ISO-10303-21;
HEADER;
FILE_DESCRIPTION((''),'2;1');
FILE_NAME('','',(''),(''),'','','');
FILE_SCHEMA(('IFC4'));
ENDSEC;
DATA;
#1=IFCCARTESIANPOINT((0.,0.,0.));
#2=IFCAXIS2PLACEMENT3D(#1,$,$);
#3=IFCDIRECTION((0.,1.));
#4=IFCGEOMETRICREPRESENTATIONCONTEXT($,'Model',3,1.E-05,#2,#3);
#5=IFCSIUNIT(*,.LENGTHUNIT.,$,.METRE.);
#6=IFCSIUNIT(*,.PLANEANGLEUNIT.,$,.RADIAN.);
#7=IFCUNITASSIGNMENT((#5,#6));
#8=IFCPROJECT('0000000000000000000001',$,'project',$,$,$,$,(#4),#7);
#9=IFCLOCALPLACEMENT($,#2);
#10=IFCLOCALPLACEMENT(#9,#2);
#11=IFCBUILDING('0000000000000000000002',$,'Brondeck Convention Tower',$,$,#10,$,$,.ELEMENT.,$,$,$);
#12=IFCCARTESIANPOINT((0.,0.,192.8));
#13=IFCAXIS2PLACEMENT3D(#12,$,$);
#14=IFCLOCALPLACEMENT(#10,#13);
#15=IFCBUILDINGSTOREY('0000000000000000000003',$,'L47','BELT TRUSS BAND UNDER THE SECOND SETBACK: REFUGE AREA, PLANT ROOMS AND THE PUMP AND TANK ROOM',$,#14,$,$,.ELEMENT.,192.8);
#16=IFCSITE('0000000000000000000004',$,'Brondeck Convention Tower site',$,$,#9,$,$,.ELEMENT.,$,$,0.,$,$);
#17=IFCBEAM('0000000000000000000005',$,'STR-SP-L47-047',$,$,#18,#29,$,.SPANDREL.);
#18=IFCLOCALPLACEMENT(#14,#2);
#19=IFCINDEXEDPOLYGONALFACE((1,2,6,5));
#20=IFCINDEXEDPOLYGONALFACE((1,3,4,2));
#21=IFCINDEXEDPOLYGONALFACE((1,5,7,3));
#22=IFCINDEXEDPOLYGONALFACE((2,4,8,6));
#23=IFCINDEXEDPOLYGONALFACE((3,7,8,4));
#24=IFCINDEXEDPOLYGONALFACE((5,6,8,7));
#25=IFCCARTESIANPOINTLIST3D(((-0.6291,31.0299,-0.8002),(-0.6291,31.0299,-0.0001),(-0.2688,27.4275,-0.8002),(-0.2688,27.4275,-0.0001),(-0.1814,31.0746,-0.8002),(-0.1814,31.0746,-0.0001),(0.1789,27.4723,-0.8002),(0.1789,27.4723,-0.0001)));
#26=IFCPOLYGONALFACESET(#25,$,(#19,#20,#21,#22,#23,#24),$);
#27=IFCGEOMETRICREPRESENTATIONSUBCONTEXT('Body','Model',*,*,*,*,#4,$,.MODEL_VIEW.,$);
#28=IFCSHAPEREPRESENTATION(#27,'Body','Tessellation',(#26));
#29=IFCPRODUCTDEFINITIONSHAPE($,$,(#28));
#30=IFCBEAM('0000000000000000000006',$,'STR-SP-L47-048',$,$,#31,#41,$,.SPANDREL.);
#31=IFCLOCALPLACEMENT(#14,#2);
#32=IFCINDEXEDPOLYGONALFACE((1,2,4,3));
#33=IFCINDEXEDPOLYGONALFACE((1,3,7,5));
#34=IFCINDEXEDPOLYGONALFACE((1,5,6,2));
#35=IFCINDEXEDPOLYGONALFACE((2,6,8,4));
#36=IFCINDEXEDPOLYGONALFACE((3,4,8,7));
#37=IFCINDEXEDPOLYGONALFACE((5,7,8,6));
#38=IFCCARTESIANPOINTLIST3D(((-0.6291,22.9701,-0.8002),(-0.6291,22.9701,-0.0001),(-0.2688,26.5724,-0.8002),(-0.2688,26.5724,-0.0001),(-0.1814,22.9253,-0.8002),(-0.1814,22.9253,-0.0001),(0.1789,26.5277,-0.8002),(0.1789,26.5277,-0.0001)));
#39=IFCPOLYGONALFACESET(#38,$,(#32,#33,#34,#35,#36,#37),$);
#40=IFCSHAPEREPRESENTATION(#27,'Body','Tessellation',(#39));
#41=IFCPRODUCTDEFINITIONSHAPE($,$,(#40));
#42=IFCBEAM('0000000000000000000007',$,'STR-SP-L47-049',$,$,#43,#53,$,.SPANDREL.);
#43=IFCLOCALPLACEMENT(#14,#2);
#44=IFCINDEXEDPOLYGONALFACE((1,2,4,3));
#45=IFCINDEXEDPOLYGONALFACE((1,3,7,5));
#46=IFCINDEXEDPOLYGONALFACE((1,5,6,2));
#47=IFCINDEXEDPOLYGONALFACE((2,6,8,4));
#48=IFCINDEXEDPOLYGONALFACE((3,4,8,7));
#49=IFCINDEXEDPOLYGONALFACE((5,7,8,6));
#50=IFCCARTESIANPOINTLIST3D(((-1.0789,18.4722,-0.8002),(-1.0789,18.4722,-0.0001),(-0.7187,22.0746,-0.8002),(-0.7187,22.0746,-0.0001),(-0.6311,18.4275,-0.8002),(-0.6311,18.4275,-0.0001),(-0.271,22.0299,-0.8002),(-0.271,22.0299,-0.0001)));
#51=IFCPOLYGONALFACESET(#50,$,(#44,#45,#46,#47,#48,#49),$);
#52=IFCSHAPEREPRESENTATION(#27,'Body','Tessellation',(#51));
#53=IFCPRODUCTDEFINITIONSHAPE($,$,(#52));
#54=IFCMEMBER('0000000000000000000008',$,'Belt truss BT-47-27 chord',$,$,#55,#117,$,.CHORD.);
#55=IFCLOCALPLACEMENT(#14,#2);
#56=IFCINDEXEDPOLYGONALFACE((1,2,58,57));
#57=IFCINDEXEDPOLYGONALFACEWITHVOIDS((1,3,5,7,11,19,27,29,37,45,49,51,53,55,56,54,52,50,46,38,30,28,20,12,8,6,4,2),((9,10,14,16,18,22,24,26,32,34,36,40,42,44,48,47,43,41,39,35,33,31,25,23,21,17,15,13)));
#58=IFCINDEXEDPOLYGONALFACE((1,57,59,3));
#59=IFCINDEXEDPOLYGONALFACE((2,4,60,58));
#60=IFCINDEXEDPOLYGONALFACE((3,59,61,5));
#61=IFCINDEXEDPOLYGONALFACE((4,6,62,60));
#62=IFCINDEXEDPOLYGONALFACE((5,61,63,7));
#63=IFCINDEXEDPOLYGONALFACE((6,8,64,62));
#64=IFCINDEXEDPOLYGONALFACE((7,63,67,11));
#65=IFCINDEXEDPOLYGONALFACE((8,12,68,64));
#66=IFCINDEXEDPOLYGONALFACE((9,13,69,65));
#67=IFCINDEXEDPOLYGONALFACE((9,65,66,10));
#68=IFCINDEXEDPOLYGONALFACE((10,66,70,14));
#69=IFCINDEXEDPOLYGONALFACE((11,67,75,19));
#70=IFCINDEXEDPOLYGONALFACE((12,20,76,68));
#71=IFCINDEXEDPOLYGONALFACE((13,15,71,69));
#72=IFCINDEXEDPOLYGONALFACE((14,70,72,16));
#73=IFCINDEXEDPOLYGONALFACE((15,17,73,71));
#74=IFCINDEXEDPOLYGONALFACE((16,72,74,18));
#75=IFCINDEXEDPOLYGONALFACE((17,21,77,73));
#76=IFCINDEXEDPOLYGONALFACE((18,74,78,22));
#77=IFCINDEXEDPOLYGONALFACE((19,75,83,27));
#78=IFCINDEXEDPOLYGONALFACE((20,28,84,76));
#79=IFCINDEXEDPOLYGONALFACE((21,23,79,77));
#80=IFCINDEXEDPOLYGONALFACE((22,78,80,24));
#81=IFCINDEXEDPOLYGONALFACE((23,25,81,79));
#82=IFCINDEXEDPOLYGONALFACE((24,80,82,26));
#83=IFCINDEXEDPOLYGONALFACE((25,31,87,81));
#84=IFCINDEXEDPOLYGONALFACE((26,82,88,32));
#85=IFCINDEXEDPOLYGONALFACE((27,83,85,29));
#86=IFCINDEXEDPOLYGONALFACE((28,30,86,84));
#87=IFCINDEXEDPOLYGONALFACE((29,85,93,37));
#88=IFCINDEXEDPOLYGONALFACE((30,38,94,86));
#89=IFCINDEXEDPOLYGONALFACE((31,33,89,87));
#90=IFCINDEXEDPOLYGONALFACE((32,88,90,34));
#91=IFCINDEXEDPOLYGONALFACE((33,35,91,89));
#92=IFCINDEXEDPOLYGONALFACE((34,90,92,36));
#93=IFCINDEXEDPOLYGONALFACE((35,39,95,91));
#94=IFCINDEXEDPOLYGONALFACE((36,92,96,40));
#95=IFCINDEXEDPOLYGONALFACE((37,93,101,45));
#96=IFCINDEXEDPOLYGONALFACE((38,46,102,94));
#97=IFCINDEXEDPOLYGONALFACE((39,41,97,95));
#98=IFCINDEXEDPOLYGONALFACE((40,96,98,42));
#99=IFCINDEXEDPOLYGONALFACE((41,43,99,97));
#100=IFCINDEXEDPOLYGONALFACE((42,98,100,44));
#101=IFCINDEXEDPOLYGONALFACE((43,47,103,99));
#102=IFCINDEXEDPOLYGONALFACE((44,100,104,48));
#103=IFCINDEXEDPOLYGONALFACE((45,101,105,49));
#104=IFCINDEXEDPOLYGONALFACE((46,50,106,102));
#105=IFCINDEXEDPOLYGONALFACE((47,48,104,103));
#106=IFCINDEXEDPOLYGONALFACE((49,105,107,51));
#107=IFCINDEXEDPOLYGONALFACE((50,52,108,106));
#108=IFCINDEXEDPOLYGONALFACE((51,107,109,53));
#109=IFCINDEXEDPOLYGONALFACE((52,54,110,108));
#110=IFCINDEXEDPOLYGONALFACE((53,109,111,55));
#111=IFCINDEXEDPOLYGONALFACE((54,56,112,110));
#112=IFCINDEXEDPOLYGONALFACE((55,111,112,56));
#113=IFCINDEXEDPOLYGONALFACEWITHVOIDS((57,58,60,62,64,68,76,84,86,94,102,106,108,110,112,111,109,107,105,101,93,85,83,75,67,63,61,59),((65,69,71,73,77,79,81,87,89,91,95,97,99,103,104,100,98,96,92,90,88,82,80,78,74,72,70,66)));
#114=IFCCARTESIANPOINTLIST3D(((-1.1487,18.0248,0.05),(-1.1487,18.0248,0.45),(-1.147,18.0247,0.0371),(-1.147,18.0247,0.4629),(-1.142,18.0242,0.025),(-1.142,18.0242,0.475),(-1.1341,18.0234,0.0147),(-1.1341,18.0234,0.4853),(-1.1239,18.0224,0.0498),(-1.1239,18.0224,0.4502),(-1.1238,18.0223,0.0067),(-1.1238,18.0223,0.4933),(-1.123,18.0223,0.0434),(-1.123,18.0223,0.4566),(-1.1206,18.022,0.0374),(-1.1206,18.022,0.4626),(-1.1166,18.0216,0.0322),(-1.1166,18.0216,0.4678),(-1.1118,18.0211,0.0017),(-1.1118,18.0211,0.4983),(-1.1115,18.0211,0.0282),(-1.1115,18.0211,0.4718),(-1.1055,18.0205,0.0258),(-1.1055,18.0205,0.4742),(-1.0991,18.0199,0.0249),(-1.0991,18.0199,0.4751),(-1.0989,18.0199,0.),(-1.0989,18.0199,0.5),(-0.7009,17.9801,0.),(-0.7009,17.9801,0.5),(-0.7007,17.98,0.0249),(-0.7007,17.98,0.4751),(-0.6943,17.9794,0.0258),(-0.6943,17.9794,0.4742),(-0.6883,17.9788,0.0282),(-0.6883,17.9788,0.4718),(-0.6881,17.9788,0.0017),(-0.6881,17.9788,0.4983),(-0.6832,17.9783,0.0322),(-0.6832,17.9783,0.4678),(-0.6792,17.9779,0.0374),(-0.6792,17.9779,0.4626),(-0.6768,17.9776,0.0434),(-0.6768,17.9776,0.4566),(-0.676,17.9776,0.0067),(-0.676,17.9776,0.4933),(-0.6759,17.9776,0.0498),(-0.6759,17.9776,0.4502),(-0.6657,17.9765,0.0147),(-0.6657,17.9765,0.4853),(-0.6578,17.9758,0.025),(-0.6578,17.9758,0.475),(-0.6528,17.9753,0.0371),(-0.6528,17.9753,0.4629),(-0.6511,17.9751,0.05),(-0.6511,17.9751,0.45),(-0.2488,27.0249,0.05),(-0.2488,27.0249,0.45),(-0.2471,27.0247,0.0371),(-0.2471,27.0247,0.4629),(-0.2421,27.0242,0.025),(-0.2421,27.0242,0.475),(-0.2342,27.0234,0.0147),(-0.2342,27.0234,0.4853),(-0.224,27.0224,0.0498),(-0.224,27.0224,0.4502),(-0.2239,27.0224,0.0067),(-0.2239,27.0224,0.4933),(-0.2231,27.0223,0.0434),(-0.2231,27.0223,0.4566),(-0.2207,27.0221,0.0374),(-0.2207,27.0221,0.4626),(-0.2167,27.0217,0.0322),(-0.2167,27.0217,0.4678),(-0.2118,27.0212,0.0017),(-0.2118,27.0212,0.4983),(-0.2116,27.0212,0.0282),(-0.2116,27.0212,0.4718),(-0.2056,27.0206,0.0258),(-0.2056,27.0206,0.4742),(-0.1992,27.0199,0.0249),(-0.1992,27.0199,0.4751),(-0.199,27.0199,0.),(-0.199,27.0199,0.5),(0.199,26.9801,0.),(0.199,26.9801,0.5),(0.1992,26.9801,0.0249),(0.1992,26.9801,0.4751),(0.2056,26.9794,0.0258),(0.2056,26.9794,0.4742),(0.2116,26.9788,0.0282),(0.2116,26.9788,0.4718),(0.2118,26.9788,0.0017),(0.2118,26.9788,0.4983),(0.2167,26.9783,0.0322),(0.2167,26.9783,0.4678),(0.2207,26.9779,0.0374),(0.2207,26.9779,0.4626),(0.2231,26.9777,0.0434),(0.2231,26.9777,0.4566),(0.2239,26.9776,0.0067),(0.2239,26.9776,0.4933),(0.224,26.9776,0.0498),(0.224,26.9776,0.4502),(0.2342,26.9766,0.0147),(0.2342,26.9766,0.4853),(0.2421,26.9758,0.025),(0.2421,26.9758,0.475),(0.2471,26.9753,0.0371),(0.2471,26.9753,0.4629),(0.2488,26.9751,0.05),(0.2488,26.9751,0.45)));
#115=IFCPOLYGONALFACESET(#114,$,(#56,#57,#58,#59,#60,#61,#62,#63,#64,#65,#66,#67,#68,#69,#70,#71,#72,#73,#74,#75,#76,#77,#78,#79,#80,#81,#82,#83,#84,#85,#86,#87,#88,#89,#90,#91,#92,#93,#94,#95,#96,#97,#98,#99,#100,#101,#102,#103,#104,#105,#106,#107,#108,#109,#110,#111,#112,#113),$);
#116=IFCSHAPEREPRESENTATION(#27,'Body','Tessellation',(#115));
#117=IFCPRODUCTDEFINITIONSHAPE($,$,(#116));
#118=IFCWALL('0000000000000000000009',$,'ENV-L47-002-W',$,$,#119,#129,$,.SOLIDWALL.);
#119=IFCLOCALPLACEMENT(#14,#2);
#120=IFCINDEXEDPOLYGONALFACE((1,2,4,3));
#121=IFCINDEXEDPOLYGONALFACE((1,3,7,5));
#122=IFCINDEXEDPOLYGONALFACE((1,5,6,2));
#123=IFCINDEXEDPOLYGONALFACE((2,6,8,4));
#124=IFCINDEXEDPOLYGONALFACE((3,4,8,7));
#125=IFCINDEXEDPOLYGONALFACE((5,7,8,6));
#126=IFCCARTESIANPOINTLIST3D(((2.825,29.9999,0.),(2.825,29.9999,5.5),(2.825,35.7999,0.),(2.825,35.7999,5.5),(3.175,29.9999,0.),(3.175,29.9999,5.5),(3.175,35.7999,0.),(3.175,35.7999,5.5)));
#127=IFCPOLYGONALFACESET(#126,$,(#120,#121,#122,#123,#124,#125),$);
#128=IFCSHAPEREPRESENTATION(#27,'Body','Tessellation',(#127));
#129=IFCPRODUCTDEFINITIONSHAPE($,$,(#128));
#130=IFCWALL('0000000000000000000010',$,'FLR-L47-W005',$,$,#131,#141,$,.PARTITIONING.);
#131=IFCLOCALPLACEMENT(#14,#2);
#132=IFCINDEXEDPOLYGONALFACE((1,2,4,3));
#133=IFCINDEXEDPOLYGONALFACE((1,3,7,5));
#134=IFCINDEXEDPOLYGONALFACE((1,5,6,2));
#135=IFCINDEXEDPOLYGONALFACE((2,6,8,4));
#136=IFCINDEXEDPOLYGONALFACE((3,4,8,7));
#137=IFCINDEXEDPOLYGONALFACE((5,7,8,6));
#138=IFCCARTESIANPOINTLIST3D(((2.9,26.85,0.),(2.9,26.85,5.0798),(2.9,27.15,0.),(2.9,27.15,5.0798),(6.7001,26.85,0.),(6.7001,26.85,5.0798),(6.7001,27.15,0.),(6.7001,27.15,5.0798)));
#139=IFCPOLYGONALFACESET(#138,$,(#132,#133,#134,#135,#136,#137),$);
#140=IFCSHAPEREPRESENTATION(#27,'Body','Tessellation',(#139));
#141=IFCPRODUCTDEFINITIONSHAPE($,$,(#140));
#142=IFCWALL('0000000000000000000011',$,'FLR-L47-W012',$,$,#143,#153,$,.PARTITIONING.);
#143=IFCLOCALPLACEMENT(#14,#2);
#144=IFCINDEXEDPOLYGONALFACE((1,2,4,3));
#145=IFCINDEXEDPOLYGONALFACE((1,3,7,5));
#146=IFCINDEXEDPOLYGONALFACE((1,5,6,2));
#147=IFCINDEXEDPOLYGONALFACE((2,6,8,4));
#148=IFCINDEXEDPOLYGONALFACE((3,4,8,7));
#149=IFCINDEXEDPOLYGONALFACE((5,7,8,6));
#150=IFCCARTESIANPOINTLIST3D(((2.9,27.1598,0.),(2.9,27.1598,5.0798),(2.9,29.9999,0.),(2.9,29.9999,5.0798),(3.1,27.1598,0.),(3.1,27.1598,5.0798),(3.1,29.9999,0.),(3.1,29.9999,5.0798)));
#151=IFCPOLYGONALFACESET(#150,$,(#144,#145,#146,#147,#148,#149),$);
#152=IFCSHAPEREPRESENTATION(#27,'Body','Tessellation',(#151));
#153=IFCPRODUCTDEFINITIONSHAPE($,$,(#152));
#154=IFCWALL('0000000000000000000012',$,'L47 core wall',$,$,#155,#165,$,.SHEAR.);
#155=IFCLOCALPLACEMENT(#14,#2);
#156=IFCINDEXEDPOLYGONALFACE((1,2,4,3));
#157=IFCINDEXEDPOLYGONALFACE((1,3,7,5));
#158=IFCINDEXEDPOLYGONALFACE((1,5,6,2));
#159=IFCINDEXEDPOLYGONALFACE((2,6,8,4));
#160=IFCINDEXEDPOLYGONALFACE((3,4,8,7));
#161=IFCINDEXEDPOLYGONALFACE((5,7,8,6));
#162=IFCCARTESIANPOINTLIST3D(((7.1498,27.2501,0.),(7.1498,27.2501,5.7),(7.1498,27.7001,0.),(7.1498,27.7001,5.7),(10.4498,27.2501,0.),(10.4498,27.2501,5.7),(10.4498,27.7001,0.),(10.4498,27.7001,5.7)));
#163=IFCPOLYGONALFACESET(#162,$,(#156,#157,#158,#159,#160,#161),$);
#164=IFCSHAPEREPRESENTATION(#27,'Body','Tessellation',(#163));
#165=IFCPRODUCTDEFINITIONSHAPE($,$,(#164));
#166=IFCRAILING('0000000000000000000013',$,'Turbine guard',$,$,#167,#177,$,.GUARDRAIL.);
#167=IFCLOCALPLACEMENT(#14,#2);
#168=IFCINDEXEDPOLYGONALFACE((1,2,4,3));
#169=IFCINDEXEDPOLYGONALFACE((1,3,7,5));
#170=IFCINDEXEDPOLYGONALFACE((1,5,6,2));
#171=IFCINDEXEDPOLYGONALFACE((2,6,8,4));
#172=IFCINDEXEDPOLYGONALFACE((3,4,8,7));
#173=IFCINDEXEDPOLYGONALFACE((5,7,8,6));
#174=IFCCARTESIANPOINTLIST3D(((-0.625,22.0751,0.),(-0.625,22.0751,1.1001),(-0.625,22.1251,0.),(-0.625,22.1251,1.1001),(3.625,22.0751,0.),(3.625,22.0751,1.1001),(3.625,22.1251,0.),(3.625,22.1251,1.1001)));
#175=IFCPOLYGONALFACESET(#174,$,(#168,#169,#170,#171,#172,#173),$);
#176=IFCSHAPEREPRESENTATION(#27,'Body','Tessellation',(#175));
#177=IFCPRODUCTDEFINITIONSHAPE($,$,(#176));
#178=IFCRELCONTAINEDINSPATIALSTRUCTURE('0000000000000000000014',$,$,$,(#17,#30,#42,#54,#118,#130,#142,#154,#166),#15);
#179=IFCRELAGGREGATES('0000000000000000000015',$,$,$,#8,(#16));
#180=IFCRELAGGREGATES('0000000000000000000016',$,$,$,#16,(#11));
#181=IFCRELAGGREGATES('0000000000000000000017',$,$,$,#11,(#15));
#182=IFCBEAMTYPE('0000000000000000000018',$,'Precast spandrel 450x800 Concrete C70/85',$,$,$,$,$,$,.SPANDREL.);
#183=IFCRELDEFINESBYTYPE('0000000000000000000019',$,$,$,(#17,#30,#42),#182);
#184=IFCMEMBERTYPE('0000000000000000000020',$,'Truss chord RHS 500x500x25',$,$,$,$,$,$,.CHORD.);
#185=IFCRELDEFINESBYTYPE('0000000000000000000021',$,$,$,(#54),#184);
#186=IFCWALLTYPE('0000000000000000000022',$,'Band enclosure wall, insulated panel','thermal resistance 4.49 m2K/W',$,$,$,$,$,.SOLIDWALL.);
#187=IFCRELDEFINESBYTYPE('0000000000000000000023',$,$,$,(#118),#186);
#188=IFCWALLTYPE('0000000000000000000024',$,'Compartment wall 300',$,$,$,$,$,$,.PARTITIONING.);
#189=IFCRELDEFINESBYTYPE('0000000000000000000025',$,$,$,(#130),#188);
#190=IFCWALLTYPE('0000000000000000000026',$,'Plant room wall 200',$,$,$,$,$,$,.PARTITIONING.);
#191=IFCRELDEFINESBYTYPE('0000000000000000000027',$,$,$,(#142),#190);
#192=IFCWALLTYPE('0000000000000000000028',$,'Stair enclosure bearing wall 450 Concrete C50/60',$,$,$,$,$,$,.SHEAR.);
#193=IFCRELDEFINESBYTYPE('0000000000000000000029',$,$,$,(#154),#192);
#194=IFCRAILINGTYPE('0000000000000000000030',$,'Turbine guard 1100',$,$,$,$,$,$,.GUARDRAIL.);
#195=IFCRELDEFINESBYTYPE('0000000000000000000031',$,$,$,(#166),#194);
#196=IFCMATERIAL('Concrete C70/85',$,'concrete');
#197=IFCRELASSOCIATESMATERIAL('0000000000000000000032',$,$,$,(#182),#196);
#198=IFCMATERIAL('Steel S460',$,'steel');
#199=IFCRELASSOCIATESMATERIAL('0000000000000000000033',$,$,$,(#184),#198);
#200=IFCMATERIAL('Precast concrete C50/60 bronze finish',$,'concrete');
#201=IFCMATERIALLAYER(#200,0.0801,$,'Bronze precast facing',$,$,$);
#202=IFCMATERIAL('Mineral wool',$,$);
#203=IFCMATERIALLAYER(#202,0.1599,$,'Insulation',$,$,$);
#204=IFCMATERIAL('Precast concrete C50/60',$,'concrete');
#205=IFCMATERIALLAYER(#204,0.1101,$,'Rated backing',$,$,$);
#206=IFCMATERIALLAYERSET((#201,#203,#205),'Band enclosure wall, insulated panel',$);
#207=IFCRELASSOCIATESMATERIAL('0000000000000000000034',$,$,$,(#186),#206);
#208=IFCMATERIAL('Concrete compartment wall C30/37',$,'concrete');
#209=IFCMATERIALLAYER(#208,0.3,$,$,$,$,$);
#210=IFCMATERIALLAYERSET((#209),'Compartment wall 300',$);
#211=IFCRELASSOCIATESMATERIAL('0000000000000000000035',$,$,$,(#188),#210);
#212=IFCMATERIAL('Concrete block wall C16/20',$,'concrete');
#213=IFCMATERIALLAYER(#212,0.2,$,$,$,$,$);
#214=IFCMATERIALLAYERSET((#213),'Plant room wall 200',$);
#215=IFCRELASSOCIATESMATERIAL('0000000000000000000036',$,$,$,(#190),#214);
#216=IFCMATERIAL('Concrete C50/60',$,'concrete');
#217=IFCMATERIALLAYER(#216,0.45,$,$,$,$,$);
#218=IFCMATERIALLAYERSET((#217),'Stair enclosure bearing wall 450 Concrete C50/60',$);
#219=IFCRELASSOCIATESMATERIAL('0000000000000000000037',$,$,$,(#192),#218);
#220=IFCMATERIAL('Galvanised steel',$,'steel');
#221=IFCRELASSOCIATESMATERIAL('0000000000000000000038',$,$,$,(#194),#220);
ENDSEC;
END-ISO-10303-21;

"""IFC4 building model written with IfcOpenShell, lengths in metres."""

from ifc_helpers import new_model, si_unit, direction, frame, frame_2d, origin, origin_2d, place, context, subcontext, project, spatial, rectangle, hollow_rectangle, extrude, material, layer, layer_set, material_profile, profile_set, type_object, element, save


model = new_model("IFC4")

# Units and contexts
model_context = context("Model", 3, precision=1e-05, world=origin(), true_north=direction((0.0, 1.0)))
body_context = subcontext(model_context, "Body", "Model", "MODEL_VIEW")
ifc_project = project(units=[si_unit("LENGTHUNIT", "METRE"), si_unit("PLANEANGLEUNIT", "RADIAN")], contexts=[model_context])

# Site, building, storey
site_placement = place(None, origin())
site = spatial("IfcSite", under=ifc_project, at=site_placement, Name="Brondeck Convention Tower site", CompositionType="ELEMENT", RefElevation=0.0)
building_placement = place(site_placement, origin())
building = spatial("IfcBuilding", under=site, at=building_placement, Name="Brondeck Convention Tower", CompositionType="ELEMENT")
storey_placement = place(building_placement, frame((0.0, 0.0, 192.8)))
storey = spatial("IfcBuildingStorey", under=building, at=storey_placement, Name="L47", Description="BELT TRUSS BAND UNDER THE SECOND SETBACK: REFUGE AREA, PLANT ROOMS AND THE PUMP AND TANK ROOM", CompositionType="ELEMENT", Elevation=192.8)

# Shared definitions
ifc_material_1 = material(Name="Concrete C70/85", Category="concrete")

# Shared definitions
ifc_material_2 = material(Name="Steel S460", Category="steel")

# Beams
ifc_material_profile_1 = material_profile(ifc_material_1, rectangle(XDim=0.45, YDim=0.8, at=origin_2d()), Name="Precast spandrel 450x800 Concrete C70/85")
ifc_profile_set_1 = profile_set([ifc_material_profile_1], Name="Concrete C70/85")
beam_type_1 = type_object("IfcBeamType", Name="Precast spandrel 450x800 Concrete C70/85", PredefinedType="SPANDREL", material=ifc_profile_set_1)
for number, where, z_axis, x_axis, name in (
    (1, (-0.4053, 31.0522, -0.4001), (0.099537, -0.995034, 0.0), (0.995034, 0.099537, 0.0), "STR-SP-L47-047"),
    (2, (-0.0449, 26.55, -0.4001), (-0.099537, -0.995034, 0.0), (0.995034, -0.099537, 0.0), "STR-SP-L47-048"),
    (3, (-0.4949, 22.0522, -0.4001), (-0.09947, -0.995041, 0.0), (0.995041, -0.09947, 0.0), "STR-SP-L47-049"),
):
    element("IfcBeam", number, at=place(storey_placement, frame(where, z_axis=z_axis, x_axis=x_axis)), inside=storey, type_object=beam_type_1, Name=name, PredefinedType="SPANDREL", context=body_context, shape_type="SweptSolid", body=[
        extrude(rectangle(XDim=0.45, YDim=0.8, at=origin_2d()), origin(), (0.0, 0.0, 1.0), 3.6204),
    ])

# Member
ifc_material_profile_2 = material_profile(ifc_material_2, hollow_rectangle(XDim=0.5, YDim=0.5, WallThickness=0.0249, InnerFilletRadius=0.0249, OuterFilletRadius=0.05, at=origin_2d()), Name="RHS 500x500x25")
ifc_profile_set_2 = profile_set([ifc_material_profile_2], Name="Steel S460")
member_type_1 = type_object("IfcMemberType", Name="Truss chord RHS 500x500x25", PredefinedType="CHORD", material=ifc_profile_set_2)
member_placement = place(storey_placement, frame((0.0, 27.0, 0.25), z_axis=(-0.099493, -0.995038, 0.0), x_axis=(0.995038, -0.099493, 0.0)))
element("IfcMember", 4, at=member_placement, inside=storey, type_object=member_type_1, Name="Belt truss BT-47-27 chord", PredefinedType="CHORD", context=body_context, shape_type="SweptSolid", body=[
    extrude(hollow_rectangle(XDim=0.5, YDim=0.5, WallThickness=0.0249, InnerFilletRadius=0.0249, OuterFilletRadius=0.05, at=origin_2d()), origin(), (0.0, 0.0, 1.0), 9.0449),
])

# Walls
ifc_material_3 = material(Name="Precast concrete C50/60 bronze finish", Category="concrete")
ifc_layer_1 = layer(ifc_material_3, 0.0801, Name="Bronze precast facing")
ifc_material_4 = material(Name="Mineral wool")
ifc_layer_2 = layer(ifc_material_4, 0.1599, Name="Insulation")
ifc_material_5 = material(Name="Precast concrete C50/60", Category="concrete")
ifc_layer_3 = layer(ifc_material_5, 0.1101, Name="Rated backing")
ifc_layer_set_1 = layer_set([ifc_layer_1, ifc_layer_2, ifc_layer_3], Name="Band enclosure wall, insulated panel")
wall_type_1 = type_object("IfcWallType", Name="Band enclosure wall, insulated panel", Description="thermal resistance 4.49 m2K/W", PredefinedType="SOLIDWALL", material=ifc_layer_set_1)
wall_1_placement = place(storey_placement, frame((3.0, 30.0, 0.0), z_axis=(0.0, 0.0, 1.0), x_axis=(0.0, 1.0, 0.0)))
element("IfcWall", 5, at=wall_1_placement, inside=storey, type_object=wall_type_1, Name="ENV-L47-002-W", PredefinedType="SOLIDWALL", context=body_context, shape_type="SweptSolid", body=[
    extrude(rectangle(XDim=5.8, YDim=0.3501, at=frame_2d((2.8999, 0.0))), origin(), (0.0, 0.0, 1.0), 5.5),
])
ifc_material_6 = material(Name="Concrete compartment wall C30/37", Category="concrete")
ifc_layer_4 = layer(ifc_material_6, 0.3)
ifc_layer_set_2 = layer_set([ifc_layer_4], Name="Compartment wall 300")
wall_type_2 = type_object("IfcWallType", Name="Compartment wall 300", PredefinedType="PARTITIONING", material=ifc_layer_set_2)
wall_2_placement = place(storey_placement, frame((6.7, 27.0, 0.0), z_axis=(0.0, 0.0, 1.0), x_axis=(-1.0, 0.0, 0.0)))
element("IfcWall", 6, at=wall_2_placement, inside=storey, type_object=wall_type_2, Name="FLR-L47-W005", PredefinedType="PARTITIONING", context=body_context, shape_type="SweptSolid", body=[
    extrude(rectangle(XDim=3.8, YDim=0.3, at=frame_2d((1.8999, 0.0))), origin(), (0.0, 0.0, 1.0), 5.0798),
])
ifc_material_7 = material(Name="Concrete block wall C16/20", Category="concrete")
ifc_layer_5 = layer(ifc_material_7, 0.2)
ifc_layer_set_3 = layer_set([ifc_layer_5], Name="Plant room wall 200")
wall_type_3 = type_object("IfcWallType", Name="Plant room wall 200", PredefinedType="PARTITIONING", material=ifc_layer_set_3)
wall_3_placement = place(storey_placement, frame((3.0, 27.1599, 0.0), z_axis=(0.0, 0.0, 1.0), x_axis=(0.0, 1.0, 0.0)))
element("IfcWall", 7, at=wall_3_placement, inside=storey, type_object=wall_type_3, Name="FLR-L47-W012", PredefinedType="PARTITIONING", context=body_context, shape_type="SweptSolid", body=[
    extrude(rectangle(XDim=2.8401, YDim=0.2, at=frame_2d((1.4199, 0.0))), origin(), (0.0, 0.0, 1.0), 5.0798),
])
ifc_material_8 = material(Name="Concrete C50/60", Category="concrete")
ifc_layer_6 = layer(ifc_material_8, 0.45)
ifc_layer_set_4 = layer_set([ifc_layer_6], Name="Stair enclosure bearing wall 450 Concrete C50/60")
wall_type_4 = type_object("IfcWallType", Name="Stair enclosure bearing wall 450 Concrete C50/60", PredefinedType="SHEAR", material=ifc_layer_set_4)
wall_4_placement = place(storey_placement, frame((7.1499, 27.4751, 0.0), z_axis=(0.0, 0.0, 1.0), x_axis=(1.0, 0.0, 0.0)))
element("IfcWall", 8, at=wall_4_placement, inside=storey, type_object=wall_type_4, Name="L47 core wall", PredefinedType="SHEAR", context=body_context, shape_type="SweptSolid", body=[
    extrude(rectangle(XDim=3.3, YDim=0.45, at=frame_2d((1.6499, 0.0))), origin(), (0.0, 0.0, 1.0), 5.7),
])

# Railing
ifc_material_9 = material(Name="Galvanised steel", Category="steel")
railing_type = type_object("IfcRailingType", Name="Turbine guard 1100", PredefinedType="GUARDRAIL", material=ifc_material_9)
railing_placement = place(storey_placement, frame((1.5, 22.1001, 0.0), z_axis=(0.0, 0.0, 1.0), x_axis=(1.0, 0.0, 0.0)))
element("IfcRailing", 9, at=railing_placement, inside=storey, type_object=railing_type, Name="Turbine guard", PredefinedType="GUARDRAIL", context=body_context, shape_type="SweptSolid", body=[
    extrude(rectangle(XDim=4.25, YDim=0.05, at=origin_2d()), origin(), (0.0, 0.0, 1.0), 1.1001),
])

save(model, "model.ifc")
